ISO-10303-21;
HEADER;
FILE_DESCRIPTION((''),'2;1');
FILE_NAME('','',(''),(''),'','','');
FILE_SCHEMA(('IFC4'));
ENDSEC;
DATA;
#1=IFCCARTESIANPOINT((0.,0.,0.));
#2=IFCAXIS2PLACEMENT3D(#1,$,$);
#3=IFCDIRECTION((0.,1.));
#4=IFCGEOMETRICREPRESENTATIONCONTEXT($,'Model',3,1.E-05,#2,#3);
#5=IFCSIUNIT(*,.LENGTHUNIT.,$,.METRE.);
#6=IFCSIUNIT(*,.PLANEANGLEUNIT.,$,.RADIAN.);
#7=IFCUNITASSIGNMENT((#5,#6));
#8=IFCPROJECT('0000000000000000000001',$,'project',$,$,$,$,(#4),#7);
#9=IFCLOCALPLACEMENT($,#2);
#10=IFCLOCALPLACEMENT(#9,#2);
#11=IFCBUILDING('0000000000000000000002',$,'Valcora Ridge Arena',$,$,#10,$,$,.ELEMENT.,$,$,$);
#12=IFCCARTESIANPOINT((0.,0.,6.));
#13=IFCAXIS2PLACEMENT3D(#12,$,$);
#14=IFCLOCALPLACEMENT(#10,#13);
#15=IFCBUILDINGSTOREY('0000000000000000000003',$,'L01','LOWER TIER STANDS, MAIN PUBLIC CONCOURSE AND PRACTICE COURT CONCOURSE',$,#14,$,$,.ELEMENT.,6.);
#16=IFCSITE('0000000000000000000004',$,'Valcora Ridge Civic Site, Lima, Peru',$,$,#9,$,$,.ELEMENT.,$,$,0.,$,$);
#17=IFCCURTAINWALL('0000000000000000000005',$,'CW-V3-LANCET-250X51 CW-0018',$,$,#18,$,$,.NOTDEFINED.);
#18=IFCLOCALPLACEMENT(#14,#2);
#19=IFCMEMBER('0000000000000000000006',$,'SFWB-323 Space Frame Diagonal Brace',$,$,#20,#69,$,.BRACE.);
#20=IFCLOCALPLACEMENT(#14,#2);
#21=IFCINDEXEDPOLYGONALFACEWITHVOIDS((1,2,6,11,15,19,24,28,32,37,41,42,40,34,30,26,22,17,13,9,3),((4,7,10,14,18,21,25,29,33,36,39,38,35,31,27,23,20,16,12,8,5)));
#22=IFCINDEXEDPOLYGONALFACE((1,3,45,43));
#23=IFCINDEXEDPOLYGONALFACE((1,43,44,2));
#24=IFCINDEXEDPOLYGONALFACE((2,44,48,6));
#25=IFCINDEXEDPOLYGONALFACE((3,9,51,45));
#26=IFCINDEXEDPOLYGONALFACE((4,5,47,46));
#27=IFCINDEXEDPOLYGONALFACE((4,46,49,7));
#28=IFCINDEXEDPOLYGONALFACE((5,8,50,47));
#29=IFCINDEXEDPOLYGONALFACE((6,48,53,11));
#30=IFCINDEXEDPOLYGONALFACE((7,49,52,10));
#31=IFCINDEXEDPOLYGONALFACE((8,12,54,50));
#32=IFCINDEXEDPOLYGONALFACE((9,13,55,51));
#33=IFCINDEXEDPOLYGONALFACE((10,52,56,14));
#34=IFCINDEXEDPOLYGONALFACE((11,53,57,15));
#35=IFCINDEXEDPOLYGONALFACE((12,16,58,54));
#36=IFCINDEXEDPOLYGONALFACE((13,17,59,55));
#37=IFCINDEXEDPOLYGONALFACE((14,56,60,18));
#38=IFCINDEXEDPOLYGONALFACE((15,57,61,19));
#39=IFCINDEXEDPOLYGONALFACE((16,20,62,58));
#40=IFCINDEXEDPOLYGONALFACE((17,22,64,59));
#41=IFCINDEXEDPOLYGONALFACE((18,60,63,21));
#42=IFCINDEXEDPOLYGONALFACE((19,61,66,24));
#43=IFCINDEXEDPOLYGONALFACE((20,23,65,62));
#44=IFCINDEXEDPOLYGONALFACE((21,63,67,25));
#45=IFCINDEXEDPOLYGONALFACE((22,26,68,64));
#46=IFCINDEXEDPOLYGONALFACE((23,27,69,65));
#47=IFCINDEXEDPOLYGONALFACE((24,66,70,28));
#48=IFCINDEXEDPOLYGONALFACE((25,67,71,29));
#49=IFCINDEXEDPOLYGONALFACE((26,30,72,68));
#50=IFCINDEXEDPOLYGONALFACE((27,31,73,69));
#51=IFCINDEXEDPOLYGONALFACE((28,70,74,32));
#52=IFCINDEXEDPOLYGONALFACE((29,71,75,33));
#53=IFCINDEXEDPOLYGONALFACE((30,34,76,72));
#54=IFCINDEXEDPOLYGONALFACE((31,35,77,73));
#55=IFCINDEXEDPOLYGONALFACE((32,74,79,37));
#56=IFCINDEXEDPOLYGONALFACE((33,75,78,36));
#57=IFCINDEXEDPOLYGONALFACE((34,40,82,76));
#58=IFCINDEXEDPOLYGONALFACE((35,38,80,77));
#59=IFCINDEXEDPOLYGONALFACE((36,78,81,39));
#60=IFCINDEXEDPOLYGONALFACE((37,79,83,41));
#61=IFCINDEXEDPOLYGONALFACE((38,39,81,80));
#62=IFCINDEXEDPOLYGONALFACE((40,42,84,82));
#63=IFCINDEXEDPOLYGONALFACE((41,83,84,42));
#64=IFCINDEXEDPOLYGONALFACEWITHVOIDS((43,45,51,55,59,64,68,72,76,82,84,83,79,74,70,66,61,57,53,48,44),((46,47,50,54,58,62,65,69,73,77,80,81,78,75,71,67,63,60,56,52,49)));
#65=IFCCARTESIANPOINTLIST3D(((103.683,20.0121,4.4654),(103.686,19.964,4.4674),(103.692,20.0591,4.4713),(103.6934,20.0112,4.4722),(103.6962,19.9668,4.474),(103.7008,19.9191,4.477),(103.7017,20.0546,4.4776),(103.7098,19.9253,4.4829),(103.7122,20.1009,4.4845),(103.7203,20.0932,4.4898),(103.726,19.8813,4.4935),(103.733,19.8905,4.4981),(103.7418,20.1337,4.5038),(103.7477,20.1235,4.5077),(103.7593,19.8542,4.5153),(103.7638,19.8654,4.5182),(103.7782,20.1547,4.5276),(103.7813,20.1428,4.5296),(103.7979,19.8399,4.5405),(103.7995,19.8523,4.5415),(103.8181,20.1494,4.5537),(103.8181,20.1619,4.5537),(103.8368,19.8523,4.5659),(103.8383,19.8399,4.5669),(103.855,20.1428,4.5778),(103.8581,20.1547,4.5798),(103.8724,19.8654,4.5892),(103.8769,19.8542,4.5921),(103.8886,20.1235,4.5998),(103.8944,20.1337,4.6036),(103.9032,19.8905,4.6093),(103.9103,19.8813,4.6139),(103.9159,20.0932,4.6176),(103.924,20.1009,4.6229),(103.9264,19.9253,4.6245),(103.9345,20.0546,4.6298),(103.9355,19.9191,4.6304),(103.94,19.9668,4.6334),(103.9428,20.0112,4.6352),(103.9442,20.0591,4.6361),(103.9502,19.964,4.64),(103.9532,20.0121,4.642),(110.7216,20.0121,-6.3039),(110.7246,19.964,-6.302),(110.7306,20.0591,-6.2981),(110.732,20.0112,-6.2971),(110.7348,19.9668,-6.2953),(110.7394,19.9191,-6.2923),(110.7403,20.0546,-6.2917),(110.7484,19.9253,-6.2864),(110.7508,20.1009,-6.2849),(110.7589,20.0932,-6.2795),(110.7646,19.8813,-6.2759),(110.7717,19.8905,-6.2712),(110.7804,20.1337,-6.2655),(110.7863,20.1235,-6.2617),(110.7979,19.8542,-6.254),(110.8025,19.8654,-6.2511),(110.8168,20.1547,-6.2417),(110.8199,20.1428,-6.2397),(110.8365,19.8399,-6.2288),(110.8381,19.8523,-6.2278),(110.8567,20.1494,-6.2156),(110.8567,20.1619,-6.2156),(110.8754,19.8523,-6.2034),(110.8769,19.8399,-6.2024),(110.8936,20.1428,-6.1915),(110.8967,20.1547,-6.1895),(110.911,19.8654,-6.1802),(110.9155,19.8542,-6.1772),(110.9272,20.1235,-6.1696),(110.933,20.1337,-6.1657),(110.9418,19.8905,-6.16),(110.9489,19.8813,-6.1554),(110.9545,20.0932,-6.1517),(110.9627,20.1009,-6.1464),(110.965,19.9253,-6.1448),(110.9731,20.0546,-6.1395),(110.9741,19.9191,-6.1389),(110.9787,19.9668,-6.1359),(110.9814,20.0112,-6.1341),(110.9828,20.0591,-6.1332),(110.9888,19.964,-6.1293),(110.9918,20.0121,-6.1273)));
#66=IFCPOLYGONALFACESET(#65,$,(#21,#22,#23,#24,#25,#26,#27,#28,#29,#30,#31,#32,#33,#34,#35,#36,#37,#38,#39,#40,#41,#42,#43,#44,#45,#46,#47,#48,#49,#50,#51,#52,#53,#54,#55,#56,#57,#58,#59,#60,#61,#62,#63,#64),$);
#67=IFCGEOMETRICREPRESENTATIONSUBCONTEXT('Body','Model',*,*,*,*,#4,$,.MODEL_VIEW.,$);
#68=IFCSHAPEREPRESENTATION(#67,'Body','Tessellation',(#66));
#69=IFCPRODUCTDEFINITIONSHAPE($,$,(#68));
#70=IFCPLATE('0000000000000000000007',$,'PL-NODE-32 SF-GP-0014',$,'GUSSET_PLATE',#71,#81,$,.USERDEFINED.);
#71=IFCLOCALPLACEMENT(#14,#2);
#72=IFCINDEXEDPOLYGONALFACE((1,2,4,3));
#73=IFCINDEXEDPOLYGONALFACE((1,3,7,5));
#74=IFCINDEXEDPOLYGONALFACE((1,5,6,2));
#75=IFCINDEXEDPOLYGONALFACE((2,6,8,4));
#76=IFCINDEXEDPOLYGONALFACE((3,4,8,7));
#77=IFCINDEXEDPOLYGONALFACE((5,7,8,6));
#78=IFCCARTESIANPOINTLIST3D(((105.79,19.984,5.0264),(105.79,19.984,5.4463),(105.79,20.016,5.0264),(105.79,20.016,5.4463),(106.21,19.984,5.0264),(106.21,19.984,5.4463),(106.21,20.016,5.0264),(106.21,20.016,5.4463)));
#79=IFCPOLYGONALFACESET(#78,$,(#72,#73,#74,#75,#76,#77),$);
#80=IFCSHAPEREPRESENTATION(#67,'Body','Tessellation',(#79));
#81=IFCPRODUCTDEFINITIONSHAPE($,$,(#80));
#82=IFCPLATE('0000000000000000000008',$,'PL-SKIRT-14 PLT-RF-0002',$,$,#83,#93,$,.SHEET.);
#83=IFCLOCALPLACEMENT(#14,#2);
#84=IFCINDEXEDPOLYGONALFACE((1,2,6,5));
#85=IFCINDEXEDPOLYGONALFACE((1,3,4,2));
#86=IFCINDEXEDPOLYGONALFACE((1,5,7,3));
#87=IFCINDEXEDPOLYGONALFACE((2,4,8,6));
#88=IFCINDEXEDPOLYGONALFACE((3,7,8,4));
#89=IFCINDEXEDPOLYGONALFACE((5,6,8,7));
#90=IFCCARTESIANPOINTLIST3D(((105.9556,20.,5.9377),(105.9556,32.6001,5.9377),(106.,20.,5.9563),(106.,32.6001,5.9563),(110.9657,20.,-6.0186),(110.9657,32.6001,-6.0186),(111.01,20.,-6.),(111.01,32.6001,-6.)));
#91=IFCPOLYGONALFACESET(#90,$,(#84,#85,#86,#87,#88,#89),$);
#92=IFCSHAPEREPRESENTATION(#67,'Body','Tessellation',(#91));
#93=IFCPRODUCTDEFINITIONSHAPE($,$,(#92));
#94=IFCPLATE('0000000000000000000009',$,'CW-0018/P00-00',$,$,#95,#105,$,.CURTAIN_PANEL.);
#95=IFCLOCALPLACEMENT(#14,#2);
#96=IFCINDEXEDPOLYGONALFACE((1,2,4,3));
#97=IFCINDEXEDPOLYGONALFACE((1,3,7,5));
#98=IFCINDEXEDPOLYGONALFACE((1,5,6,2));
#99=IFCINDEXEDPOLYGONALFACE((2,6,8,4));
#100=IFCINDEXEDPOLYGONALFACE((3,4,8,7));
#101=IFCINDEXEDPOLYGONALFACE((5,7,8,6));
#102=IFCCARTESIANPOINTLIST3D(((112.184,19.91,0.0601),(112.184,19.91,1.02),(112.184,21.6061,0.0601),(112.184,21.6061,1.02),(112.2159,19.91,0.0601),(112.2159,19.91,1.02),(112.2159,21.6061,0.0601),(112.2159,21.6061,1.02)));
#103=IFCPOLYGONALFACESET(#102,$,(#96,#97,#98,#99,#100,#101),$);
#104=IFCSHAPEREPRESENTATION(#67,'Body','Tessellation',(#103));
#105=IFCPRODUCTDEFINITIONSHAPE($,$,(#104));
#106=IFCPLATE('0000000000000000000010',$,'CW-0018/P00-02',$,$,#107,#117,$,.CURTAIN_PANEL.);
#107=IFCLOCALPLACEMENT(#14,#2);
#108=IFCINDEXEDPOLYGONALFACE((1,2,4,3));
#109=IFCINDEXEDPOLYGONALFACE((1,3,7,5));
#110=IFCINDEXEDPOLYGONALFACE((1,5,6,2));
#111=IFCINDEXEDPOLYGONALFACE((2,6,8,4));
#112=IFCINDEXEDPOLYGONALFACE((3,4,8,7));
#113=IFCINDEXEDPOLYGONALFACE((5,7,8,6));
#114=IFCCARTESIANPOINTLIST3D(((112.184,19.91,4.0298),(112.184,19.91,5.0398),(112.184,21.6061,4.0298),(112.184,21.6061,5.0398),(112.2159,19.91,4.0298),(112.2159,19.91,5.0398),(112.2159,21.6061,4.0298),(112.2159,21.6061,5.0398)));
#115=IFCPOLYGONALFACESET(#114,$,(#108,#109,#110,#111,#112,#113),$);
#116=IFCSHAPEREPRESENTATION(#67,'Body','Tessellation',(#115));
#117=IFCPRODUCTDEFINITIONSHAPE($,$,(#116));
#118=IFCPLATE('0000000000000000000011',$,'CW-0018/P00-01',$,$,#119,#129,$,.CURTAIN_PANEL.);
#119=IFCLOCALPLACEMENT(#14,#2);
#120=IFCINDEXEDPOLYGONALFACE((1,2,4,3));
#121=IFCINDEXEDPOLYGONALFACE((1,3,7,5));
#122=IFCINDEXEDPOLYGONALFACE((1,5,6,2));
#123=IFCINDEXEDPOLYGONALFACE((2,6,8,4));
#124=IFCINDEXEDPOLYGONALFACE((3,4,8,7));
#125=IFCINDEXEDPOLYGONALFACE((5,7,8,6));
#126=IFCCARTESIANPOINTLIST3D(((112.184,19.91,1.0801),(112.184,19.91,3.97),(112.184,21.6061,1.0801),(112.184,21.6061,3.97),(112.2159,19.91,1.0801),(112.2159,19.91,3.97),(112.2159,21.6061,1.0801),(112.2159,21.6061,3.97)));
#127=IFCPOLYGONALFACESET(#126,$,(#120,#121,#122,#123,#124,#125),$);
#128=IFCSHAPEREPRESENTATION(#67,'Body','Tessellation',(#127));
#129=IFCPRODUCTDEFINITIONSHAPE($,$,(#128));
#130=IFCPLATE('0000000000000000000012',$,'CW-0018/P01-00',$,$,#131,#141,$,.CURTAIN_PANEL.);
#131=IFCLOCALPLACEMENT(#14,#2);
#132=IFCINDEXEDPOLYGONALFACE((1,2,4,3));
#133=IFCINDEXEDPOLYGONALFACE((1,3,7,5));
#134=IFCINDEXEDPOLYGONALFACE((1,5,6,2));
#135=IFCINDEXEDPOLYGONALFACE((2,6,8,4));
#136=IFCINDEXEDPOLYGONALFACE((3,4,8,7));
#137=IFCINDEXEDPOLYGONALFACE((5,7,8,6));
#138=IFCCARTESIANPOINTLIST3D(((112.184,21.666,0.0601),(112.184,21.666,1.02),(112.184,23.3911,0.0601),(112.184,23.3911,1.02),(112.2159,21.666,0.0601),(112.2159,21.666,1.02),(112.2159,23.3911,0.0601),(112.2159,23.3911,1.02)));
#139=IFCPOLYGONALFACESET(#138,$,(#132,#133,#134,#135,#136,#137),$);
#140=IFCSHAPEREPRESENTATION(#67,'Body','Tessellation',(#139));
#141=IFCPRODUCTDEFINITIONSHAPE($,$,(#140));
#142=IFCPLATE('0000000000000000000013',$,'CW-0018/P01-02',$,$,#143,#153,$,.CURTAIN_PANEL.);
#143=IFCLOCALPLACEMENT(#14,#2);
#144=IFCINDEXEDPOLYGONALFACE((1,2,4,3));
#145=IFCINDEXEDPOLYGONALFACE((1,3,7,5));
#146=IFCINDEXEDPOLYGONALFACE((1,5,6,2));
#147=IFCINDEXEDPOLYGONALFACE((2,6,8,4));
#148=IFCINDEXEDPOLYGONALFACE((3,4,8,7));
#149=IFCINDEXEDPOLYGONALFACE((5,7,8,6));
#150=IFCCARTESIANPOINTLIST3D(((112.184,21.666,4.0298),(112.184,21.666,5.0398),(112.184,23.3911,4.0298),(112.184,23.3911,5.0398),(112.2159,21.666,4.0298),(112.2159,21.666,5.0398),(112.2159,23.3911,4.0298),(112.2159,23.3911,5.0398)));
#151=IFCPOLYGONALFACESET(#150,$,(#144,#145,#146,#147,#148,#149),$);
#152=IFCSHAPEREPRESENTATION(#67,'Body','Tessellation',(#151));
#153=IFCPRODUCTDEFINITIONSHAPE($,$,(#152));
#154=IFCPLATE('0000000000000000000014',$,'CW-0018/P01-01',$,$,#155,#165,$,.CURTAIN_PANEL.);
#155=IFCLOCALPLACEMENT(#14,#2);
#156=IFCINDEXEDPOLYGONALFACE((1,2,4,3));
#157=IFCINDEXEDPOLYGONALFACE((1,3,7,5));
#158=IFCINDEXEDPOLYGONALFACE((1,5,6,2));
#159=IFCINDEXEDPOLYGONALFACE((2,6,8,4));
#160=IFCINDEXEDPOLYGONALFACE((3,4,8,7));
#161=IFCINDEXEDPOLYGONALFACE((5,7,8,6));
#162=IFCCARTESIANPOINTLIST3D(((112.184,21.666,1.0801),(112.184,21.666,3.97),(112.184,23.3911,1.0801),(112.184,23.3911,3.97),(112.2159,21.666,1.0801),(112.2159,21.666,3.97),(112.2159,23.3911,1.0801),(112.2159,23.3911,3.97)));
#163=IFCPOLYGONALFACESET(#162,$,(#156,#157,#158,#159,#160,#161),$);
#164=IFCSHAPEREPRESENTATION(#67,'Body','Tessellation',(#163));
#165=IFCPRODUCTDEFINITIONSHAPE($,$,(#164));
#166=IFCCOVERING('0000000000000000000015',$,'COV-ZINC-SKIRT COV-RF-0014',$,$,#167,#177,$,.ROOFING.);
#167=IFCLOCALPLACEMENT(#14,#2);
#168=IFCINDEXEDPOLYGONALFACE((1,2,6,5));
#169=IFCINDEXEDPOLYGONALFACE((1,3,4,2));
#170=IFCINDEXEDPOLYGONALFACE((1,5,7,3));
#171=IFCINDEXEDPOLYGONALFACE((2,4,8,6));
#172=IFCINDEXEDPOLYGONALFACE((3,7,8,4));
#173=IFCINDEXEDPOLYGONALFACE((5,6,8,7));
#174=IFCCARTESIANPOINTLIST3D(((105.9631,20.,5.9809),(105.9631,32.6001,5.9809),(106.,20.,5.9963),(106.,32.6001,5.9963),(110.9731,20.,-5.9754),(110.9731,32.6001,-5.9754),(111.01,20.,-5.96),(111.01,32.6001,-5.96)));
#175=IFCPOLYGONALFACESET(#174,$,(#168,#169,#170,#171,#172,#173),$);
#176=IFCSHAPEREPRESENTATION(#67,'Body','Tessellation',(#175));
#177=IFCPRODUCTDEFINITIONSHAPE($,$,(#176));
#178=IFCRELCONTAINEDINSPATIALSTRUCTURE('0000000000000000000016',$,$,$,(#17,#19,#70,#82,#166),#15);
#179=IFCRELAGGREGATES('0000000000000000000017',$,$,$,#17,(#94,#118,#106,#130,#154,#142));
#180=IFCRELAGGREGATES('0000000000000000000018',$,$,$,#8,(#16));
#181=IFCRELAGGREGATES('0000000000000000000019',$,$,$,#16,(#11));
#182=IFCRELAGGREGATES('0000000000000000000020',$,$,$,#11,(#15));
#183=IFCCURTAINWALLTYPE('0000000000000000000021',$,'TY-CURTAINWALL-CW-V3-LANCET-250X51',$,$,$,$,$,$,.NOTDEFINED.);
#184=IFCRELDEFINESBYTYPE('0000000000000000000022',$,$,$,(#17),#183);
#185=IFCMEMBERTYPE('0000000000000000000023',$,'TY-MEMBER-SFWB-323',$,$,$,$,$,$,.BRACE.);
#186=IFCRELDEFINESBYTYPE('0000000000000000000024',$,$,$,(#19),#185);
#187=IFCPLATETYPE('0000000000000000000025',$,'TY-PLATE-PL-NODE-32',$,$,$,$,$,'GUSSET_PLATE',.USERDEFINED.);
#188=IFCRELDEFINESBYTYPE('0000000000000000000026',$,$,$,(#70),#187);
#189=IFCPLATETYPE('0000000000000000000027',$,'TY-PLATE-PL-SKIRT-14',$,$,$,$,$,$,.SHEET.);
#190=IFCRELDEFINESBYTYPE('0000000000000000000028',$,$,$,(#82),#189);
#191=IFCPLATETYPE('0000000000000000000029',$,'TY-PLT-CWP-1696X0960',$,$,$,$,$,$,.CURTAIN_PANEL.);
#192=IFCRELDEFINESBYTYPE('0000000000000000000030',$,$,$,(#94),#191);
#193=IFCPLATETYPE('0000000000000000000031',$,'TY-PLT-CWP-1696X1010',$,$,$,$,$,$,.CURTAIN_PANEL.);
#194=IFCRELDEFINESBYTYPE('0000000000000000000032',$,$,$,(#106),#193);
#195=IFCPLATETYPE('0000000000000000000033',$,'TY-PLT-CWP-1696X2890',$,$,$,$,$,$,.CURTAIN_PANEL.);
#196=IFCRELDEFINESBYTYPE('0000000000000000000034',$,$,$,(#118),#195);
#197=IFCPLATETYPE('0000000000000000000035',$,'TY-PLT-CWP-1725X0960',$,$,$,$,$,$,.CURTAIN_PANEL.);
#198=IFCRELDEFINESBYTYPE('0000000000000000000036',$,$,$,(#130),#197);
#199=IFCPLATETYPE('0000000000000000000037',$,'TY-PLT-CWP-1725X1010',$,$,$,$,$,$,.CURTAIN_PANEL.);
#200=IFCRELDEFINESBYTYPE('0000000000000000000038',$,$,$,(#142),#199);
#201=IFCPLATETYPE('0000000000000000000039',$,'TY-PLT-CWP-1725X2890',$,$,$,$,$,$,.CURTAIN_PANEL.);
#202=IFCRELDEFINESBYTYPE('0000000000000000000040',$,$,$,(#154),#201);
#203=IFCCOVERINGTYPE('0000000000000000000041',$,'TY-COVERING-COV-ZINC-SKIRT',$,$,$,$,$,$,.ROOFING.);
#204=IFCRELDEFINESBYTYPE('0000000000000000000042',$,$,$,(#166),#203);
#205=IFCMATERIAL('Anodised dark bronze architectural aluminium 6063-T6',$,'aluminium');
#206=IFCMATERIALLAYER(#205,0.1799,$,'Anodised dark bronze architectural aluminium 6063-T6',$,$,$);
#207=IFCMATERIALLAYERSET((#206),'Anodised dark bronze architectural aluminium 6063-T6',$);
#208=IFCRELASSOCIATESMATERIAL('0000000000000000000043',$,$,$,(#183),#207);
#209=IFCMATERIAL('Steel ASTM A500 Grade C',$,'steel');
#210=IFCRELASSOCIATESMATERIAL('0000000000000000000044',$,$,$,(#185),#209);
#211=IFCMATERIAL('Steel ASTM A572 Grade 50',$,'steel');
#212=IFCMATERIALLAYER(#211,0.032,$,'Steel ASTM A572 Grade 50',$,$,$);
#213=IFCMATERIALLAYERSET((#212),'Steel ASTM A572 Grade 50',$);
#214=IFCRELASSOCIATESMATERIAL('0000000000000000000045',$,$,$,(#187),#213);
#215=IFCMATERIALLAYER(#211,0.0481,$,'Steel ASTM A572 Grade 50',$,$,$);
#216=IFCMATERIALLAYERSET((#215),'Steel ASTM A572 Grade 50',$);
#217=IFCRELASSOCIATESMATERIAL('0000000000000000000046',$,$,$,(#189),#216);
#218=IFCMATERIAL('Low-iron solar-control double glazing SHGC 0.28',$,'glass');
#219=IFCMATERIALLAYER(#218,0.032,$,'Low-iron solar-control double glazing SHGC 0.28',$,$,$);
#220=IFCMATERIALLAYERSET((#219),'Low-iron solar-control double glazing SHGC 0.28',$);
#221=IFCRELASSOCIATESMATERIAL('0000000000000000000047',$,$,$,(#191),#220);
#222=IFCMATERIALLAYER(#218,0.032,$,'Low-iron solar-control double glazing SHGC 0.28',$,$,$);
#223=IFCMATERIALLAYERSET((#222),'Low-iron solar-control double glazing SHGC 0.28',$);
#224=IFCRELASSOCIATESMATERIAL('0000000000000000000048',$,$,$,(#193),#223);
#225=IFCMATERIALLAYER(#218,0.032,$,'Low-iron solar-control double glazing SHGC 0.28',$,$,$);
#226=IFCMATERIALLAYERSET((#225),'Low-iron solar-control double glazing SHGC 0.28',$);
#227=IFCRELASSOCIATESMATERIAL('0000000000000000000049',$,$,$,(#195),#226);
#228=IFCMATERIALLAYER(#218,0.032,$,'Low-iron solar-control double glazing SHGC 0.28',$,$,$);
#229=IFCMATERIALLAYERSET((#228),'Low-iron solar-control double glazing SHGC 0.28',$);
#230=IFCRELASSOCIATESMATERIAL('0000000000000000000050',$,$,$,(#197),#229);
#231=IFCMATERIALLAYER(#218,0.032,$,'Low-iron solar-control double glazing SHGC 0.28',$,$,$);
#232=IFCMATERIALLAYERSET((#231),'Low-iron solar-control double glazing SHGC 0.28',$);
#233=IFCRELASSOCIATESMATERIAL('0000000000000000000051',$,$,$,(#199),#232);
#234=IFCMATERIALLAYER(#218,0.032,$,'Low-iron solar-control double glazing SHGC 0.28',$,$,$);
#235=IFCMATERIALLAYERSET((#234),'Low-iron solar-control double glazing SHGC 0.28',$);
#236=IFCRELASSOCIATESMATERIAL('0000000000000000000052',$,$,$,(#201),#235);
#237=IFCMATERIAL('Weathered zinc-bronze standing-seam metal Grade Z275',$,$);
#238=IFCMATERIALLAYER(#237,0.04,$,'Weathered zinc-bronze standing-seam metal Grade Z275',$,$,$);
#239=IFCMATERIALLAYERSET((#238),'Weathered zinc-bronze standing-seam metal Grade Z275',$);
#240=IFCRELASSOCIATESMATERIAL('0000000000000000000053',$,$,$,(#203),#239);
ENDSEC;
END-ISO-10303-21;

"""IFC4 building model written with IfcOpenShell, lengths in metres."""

from ifc_helpers import new_model, si_unit, direction, frame, origin, origin_2d, place, context, subcontext, project, spatial, polyline, rectangle, hollow_circle, outline, extrude, material, layer, layer_set, material_profile, profile_set, type_object, element, aggregate, save


model = new_model("IFC4")

# Units and contexts
model_context = context("Model", 3, precision=1e-05, world=origin(), true_north=direction((0.0, 1.0)))
body_context = subcontext(model_context, "Body", "Model", "MODEL_VIEW")
ifc_project = project(units=[si_unit("LENGTHUNIT", "METRE"), si_unit("PLANEANGLEUNIT", "RADIAN")], contexts=[model_context])

# Site, building, storey
site_placement = place(None, origin())
site = spatial("IfcSite", under=ifc_project, at=site_placement, Name="Valcora Ridge Civic Site, Lima, Peru", CompositionType="ELEMENT", RefElevation=0.0)
building_placement = place(site_placement, origin())
building = spatial("IfcBuilding", under=site, at=building_placement, Name="Valcora Ridge Arena", CompositionType="ELEMENT")
storey_placement = place(building_placement, frame((0.0, 0.0, 6.0)))
storey = spatial("IfcBuildingStorey", under=building, at=storey_placement, Name="L01", Description="LOWER TIER STANDS, MAIN PUBLIC CONCOURSE AND PRACTICE COURT CONCOURSE", CompositionType="ELEMENT", Elevation=6.0)

# Curtain wall
ifc_material_1 = material(Name="Anodised dark bronze architectural aluminium 6063-T6", Category="aluminium")
ifc_layer_1 = layer(ifc_material_1, 0.1799, Name="Anodised dark bronze architectural aluminium 6063-T6")
ifc_layer_set_1 = layer_set([ifc_layer_1], Name="Anodised dark bronze architectural aluminium 6063-T6")
curtain_wall_type = type_object("IfcCurtainWallType", Name="TY-CURTAINWALL-CW-V3-LANCET-250X51", PredefinedType="NOTDEFINED", material=ifc_layer_set_1)
curtain_wall_placement = place(storey_placement, origin())
curtain_wall = element("IfcCurtainWall", 1, at=curtain_wall_placement, inside=storey, type_object=curtain_wall_type, Name="CW-V3-LANCET-250X51 CW-0018", PredefinedType="NOTDEFINED")

# Member
ifc_material_2 = material(Name="Steel ASTM A500 Grade C", Category="steel")
ifc_material_profile_1 = material_profile(ifc_material_2, hollow_circle(Radius=0.1619, WallThickness=0.0125, at=origin_2d()), Name="CHS323X12")
ifc_profile_set_1 = profile_set([ifc_material_profile_1], Name="Steel ASTM A500 Grade C")
member_type_1 = type_object("IfcMemberType", Name="TY-MEMBER-SFWB-323", PredefinedType="BRACE", material=ifc_profile_set_1)
member_1_placement = place(storey_placement, frame((103.8181, 20.0, 4.5537), z_axis=(0.547092, 0.0, -0.837072), x_axis=(0.0, 1.0, 0.0)))
element("IfcMember", 2, at=member_1_placement, inside=storey, type_object=member_type_1, Name="SFWB-323 Space Frame Diagonal Brace", PredefinedType="BRACE", context=body_context, shape_type="SweptSolid", body=[
    extrude(hollow_circle(Radius=0.1619, WallThickness=0.0125, at=origin_2d()), origin(), (0.0, 0.0, 1.0), 12.8655),
])

# Plates
ifc_material_3 = material(Name="Steel ASTM A572 Grade 50", Category="steel")
ifc_layer_2 = layer(ifc_material_3, 0.032, Name="Steel ASTM A572 Grade 50")
ifc_layer_set_2 = layer_set([ifc_layer_2], Name="Steel ASTM A572 Grade 50")
plate_type_1 = type_object("IfcPlateType", Name="TY-PLATE-PL-NODE-32", ElementType="GUSSET_PLATE", PredefinedType="USERDEFINED", material=ifc_layer_set_2)
plate_1_placement = place(storey_placement, frame((106.0, 20.0, 5.0264), z_axis=(0.0, 0.0, 1.0), x_axis=(1.0, 0.0, 0.0)))
element("IfcPlate", 3, at=plate_1_placement, inside=storey, type_object=plate_type_1, Name="PL-NODE-32 SF-GP-0014", ObjectType="GUSSET_PLATE", PredefinedType="USERDEFINED", context=body_context, shape_type="SweptSolid", body=[
    extrude(rectangle(XDim=0.4199, YDim=0.032, at=origin_2d()), origin(), (0.0, 0.0, 1.0), 0.4199),
])
ifc_layer_3 = layer(ifc_material_3, 0.0481, Name="Steel ASTM A572 Grade 50")
ifc_layer_set_3 = layer_set([ifc_layer_3], Name="Steel ASTM A572 Grade 50")
plate_type_2 = type_object("IfcPlateType", Name="TY-PLATE-PL-SKIRT-14", PredefinedType="SHEET", material=ifc_layer_set_3)
plate_2_placement = place(storey_placement, frame((106.0, 20.0, 5.9563), z_axis=(0.922302, 0.0, 0.386469), x_axis=(0.386469, 0.0, -0.922302)))
element("IfcPlate", 4, at=plate_2_placement, inside=storey, type_object=plate_type_2, Name="PL-SKIRT-14 PLT-RF-0002", PredefinedType="SHEET", context=body_context, shape_type="SweptSolid", body=[
    extrude(outline(polyline([(0.0, 0.0), (12.9635, 0.0), (12.9635, 12.6001), (0.0, 12.6001), (0.0, 0.0)])), origin(), (0.0, 0.0, -1.0), 0.0481),
])

# Plates
ifc_material_4 = material(Name="Low-iron solar-control double glazing SHGC 0.28", Category="glass")
ifc_layer_4 = layer(ifc_material_4, 0.032, Name="Low-iron solar-control double glazing SHGC 0.28")
ifc_layer_set_4 = layer_set([ifc_layer_4], Name="Low-iron solar-control double glazing SHGC 0.28")
plate_type_3 = type_object("IfcPlateType", Name="TY-PLT-CWP-1696X0960", PredefinedType="CURTAIN_PANEL", material=ifc_layer_set_4)
plate_3_placement = place(storey_placement, frame((112.2, 20.7581, 0.0601), z_axis=(0.0, 0.0, 1.0), x_axis=(0.0, 1.0, 0.0)))
plate_3 = element("IfcPlate", 5, at=plate_3_placement, type_object=plate_type_3, Name="CW-0018/P00-00", PredefinedType="CURTAIN_PANEL", context=body_context, shape_type="SweptSolid", body=[
    extrude(rectangle(XDim=1.696, YDim=0.032, at=origin_2d()), origin(), (0.0, 0.0, 1.0), 0.96),
])
ifc_layer_5 = layer(ifc_material_4, 0.032, Name="Low-iron solar-control double glazing SHGC 0.28")
ifc_layer_set_5 = layer_set([ifc_layer_5], Name="Low-iron solar-control double glazing SHGC 0.28")
plate_type_4 = type_object("IfcPlateType", Name="TY-PLT-CWP-1696X1010", PredefinedType="CURTAIN_PANEL", material=ifc_layer_set_5)
plate_4_placement = place(storey_placement, frame((112.2, 20.7581, 4.0298), z_axis=(0.0, 0.0, 1.0), x_axis=(0.0, 1.0, 0.0)))
plate_4 = element("IfcPlate", 6, at=plate_4_placement, type_object=plate_type_4, Name="CW-0018/P00-02", PredefinedType="CURTAIN_PANEL", context=body_context, shape_type="SweptSolid", body=[
    extrude(rectangle(XDim=1.696, YDim=0.032, at=origin_2d()), origin(), (0.0, 0.0, 1.0), 1.01),
])
ifc_layer_6 = layer(ifc_material_4, 0.032, Name="Low-iron solar-control double glazing SHGC 0.28")
ifc_layer_set_6 = layer_set([ifc_layer_6], Name="Low-iron solar-control double glazing SHGC 0.28")
plate_type_5 = type_object("IfcPlateType", Name="TY-PLT-CWP-1696X2890", PredefinedType="CURTAIN_PANEL", material=ifc_layer_set_6)
plate_5_placement = place(storey_placement, frame((112.2, 20.7581, 1.0801), z_axis=(0.0, 0.0, 1.0), x_axis=(0.0, 1.0, 0.0)))
plate_5 = element("IfcPlate", 7, at=plate_5_placement, type_object=plate_type_5, Name="CW-0018/P00-01", PredefinedType="CURTAIN_PANEL", context=body_context, shape_type="SweptSolid", body=[
    extrude(rectangle(XDim=1.696, YDim=0.032, at=origin_2d()), origin(), (0.0, 0.0, 1.0), 2.8899),
])
ifc_layer_7 = layer(ifc_material_4, 0.032, Name="Low-iron solar-control double glazing SHGC 0.28")
ifc_layer_set_7 = layer_set([ifc_layer_7], Name="Low-iron solar-control double glazing SHGC 0.28")
plate_type_6 = type_object("IfcPlateType", Name="TY-PLT-CWP-1725X0960", PredefinedType="CURTAIN_PANEL", material=ifc_layer_set_7)
plate_6_placement = place(storey_placement, frame((112.2, 22.5286, 0.0601), z_axis=(0.0, 0.0, 1.0), x_axis=(0.0, 1.0, 0.0)))
plate_6 = element("IfcPlate", 8, at=plate_6_placement, type_object=plate_type_6, Name="CW-0018/P01-00", PredefinedType="CURTAIN_PANEL", context=body_context, shape_type="SweptSolid", body=[
    extrude(rectangle(XDim=1.7251, YDim=0.032, at=origin_2d()), origin(), (0.0, 0.0, 1.0), 0.96),
])
ifc_layer_8 = layer(ifc_material_4, 0.032, Name="Low-iron solar-control double glazing SHGC 0.28")
ifc_layer_set_8 = layer_set([ifc_layer_8], Name="Low-iron solar-control double glazing SHGC 0.28")
plate_type_7 = type_object("IfcPlateType", Name="TY-PLT-CWP-1725X1010", PredefinedType="CURTAIN_PANEL", material=ifc_layer_set_8)
plate_7_placement = place(storey_placement, frame((112.2, 22.5286, 4.0298), z_axis=(0.0, 0.0, 1.0), x_axis=(0.0, 1.0, 0.0)))
plate_7 = element("IfcPlate", 9, at=plate_7_placement, type_object=plate_type_7, Name="CW-0018/P01-02", PredefinedType="CURTAIN_PANEL", context=body_context, shape_type="SweptSolid", body=[
    extrude(rectangle(XDim=1.7251, YDim=0.032, at=origin_2d()), origin(), (0.0, 0.0, 1.0), 1.01),
])
ifc_layer_9 = layer(ifc_material_4, 0.032, Name="Low-iron solar-control double glazing SHGC 0.28")
ifc_layer_set_9 = layer_set([ifc_layer_9], Name="Low-iron solar-control double glazing SHGC 0.28")
plate_type_8 = type_object("IfcPlateType", Name="TY-PLT-CWP-1725X2890", PredefinedType="CURTAIN_PANEL", material=ifc_layer_set_9)
plate_8_placement = place(storey_placement, frame((112.2, 22.5286, 1.0801), z_axis=(0.0, 0.0, 1.0), x_axis=(0.0, 1.0, 0.0)))
plate_8 = element("IfcPlate", 10, at=plate_8_placement, type_object=plate_type_8, Name="CW-0018/P01-01", PredefinedType="CURTAIN_PANEL", context=body_context, shape_type="SweptSolid", body=[
    extrude(rectangle(XDim=1.7251, YDim=0.032, at=origin_2d()), origin(), (0.0, 0.0, 1.0), 2.8899),
])
aggregate(curtain_wall, [plate_3, plate_5, plate_4, plate_6, plate_8, plate_7])

# Covering
ifc_material_5 = material(Name="Weathered zinc-bronze standing-seam metal Grade Z275")
ifc_layer_10 = layer(ifc_material_5, 0.04, Name="Weathered zinc-bronze standing-seam metal Grade Z275")
ifc_layer_set_10 = layer_set([ifc_layer_10], Name="Weathered zinc-bronze standing-seam metal Grade Z275")
covering_type = type_object("IfcCoveringType", Name="TY-COVERING-COV-ZINC-SKIRT", PredefinedType="ROOFING", material=ifc_layer_set_10)
covering_placement = place(storey_placement, frame((106.0, 20.0, 5.9963), z_axis=(0.922302, 0.0, 0.386469), x_axis=(0.386469, 0.0, -0.922302)))
element("IfcCovering", 11, at=covering_placement, inside=storey, type_object=covering_type, Name="COV-ZINC-SKIRT COV-RF-0014", PredefinedType="ROOFING", context=body_context, shape_type="SweptSolid", body=[
    extrude(outline(polyline([(0.0, 0.0), (12.9635, 0.0), (12.9635, 12.6001), (0.0, 12.6001), (0.0, 0.0)])), origin(), (0.0, 0.0, -1.0), 0.04),
])

save(model, "model.ifc")
